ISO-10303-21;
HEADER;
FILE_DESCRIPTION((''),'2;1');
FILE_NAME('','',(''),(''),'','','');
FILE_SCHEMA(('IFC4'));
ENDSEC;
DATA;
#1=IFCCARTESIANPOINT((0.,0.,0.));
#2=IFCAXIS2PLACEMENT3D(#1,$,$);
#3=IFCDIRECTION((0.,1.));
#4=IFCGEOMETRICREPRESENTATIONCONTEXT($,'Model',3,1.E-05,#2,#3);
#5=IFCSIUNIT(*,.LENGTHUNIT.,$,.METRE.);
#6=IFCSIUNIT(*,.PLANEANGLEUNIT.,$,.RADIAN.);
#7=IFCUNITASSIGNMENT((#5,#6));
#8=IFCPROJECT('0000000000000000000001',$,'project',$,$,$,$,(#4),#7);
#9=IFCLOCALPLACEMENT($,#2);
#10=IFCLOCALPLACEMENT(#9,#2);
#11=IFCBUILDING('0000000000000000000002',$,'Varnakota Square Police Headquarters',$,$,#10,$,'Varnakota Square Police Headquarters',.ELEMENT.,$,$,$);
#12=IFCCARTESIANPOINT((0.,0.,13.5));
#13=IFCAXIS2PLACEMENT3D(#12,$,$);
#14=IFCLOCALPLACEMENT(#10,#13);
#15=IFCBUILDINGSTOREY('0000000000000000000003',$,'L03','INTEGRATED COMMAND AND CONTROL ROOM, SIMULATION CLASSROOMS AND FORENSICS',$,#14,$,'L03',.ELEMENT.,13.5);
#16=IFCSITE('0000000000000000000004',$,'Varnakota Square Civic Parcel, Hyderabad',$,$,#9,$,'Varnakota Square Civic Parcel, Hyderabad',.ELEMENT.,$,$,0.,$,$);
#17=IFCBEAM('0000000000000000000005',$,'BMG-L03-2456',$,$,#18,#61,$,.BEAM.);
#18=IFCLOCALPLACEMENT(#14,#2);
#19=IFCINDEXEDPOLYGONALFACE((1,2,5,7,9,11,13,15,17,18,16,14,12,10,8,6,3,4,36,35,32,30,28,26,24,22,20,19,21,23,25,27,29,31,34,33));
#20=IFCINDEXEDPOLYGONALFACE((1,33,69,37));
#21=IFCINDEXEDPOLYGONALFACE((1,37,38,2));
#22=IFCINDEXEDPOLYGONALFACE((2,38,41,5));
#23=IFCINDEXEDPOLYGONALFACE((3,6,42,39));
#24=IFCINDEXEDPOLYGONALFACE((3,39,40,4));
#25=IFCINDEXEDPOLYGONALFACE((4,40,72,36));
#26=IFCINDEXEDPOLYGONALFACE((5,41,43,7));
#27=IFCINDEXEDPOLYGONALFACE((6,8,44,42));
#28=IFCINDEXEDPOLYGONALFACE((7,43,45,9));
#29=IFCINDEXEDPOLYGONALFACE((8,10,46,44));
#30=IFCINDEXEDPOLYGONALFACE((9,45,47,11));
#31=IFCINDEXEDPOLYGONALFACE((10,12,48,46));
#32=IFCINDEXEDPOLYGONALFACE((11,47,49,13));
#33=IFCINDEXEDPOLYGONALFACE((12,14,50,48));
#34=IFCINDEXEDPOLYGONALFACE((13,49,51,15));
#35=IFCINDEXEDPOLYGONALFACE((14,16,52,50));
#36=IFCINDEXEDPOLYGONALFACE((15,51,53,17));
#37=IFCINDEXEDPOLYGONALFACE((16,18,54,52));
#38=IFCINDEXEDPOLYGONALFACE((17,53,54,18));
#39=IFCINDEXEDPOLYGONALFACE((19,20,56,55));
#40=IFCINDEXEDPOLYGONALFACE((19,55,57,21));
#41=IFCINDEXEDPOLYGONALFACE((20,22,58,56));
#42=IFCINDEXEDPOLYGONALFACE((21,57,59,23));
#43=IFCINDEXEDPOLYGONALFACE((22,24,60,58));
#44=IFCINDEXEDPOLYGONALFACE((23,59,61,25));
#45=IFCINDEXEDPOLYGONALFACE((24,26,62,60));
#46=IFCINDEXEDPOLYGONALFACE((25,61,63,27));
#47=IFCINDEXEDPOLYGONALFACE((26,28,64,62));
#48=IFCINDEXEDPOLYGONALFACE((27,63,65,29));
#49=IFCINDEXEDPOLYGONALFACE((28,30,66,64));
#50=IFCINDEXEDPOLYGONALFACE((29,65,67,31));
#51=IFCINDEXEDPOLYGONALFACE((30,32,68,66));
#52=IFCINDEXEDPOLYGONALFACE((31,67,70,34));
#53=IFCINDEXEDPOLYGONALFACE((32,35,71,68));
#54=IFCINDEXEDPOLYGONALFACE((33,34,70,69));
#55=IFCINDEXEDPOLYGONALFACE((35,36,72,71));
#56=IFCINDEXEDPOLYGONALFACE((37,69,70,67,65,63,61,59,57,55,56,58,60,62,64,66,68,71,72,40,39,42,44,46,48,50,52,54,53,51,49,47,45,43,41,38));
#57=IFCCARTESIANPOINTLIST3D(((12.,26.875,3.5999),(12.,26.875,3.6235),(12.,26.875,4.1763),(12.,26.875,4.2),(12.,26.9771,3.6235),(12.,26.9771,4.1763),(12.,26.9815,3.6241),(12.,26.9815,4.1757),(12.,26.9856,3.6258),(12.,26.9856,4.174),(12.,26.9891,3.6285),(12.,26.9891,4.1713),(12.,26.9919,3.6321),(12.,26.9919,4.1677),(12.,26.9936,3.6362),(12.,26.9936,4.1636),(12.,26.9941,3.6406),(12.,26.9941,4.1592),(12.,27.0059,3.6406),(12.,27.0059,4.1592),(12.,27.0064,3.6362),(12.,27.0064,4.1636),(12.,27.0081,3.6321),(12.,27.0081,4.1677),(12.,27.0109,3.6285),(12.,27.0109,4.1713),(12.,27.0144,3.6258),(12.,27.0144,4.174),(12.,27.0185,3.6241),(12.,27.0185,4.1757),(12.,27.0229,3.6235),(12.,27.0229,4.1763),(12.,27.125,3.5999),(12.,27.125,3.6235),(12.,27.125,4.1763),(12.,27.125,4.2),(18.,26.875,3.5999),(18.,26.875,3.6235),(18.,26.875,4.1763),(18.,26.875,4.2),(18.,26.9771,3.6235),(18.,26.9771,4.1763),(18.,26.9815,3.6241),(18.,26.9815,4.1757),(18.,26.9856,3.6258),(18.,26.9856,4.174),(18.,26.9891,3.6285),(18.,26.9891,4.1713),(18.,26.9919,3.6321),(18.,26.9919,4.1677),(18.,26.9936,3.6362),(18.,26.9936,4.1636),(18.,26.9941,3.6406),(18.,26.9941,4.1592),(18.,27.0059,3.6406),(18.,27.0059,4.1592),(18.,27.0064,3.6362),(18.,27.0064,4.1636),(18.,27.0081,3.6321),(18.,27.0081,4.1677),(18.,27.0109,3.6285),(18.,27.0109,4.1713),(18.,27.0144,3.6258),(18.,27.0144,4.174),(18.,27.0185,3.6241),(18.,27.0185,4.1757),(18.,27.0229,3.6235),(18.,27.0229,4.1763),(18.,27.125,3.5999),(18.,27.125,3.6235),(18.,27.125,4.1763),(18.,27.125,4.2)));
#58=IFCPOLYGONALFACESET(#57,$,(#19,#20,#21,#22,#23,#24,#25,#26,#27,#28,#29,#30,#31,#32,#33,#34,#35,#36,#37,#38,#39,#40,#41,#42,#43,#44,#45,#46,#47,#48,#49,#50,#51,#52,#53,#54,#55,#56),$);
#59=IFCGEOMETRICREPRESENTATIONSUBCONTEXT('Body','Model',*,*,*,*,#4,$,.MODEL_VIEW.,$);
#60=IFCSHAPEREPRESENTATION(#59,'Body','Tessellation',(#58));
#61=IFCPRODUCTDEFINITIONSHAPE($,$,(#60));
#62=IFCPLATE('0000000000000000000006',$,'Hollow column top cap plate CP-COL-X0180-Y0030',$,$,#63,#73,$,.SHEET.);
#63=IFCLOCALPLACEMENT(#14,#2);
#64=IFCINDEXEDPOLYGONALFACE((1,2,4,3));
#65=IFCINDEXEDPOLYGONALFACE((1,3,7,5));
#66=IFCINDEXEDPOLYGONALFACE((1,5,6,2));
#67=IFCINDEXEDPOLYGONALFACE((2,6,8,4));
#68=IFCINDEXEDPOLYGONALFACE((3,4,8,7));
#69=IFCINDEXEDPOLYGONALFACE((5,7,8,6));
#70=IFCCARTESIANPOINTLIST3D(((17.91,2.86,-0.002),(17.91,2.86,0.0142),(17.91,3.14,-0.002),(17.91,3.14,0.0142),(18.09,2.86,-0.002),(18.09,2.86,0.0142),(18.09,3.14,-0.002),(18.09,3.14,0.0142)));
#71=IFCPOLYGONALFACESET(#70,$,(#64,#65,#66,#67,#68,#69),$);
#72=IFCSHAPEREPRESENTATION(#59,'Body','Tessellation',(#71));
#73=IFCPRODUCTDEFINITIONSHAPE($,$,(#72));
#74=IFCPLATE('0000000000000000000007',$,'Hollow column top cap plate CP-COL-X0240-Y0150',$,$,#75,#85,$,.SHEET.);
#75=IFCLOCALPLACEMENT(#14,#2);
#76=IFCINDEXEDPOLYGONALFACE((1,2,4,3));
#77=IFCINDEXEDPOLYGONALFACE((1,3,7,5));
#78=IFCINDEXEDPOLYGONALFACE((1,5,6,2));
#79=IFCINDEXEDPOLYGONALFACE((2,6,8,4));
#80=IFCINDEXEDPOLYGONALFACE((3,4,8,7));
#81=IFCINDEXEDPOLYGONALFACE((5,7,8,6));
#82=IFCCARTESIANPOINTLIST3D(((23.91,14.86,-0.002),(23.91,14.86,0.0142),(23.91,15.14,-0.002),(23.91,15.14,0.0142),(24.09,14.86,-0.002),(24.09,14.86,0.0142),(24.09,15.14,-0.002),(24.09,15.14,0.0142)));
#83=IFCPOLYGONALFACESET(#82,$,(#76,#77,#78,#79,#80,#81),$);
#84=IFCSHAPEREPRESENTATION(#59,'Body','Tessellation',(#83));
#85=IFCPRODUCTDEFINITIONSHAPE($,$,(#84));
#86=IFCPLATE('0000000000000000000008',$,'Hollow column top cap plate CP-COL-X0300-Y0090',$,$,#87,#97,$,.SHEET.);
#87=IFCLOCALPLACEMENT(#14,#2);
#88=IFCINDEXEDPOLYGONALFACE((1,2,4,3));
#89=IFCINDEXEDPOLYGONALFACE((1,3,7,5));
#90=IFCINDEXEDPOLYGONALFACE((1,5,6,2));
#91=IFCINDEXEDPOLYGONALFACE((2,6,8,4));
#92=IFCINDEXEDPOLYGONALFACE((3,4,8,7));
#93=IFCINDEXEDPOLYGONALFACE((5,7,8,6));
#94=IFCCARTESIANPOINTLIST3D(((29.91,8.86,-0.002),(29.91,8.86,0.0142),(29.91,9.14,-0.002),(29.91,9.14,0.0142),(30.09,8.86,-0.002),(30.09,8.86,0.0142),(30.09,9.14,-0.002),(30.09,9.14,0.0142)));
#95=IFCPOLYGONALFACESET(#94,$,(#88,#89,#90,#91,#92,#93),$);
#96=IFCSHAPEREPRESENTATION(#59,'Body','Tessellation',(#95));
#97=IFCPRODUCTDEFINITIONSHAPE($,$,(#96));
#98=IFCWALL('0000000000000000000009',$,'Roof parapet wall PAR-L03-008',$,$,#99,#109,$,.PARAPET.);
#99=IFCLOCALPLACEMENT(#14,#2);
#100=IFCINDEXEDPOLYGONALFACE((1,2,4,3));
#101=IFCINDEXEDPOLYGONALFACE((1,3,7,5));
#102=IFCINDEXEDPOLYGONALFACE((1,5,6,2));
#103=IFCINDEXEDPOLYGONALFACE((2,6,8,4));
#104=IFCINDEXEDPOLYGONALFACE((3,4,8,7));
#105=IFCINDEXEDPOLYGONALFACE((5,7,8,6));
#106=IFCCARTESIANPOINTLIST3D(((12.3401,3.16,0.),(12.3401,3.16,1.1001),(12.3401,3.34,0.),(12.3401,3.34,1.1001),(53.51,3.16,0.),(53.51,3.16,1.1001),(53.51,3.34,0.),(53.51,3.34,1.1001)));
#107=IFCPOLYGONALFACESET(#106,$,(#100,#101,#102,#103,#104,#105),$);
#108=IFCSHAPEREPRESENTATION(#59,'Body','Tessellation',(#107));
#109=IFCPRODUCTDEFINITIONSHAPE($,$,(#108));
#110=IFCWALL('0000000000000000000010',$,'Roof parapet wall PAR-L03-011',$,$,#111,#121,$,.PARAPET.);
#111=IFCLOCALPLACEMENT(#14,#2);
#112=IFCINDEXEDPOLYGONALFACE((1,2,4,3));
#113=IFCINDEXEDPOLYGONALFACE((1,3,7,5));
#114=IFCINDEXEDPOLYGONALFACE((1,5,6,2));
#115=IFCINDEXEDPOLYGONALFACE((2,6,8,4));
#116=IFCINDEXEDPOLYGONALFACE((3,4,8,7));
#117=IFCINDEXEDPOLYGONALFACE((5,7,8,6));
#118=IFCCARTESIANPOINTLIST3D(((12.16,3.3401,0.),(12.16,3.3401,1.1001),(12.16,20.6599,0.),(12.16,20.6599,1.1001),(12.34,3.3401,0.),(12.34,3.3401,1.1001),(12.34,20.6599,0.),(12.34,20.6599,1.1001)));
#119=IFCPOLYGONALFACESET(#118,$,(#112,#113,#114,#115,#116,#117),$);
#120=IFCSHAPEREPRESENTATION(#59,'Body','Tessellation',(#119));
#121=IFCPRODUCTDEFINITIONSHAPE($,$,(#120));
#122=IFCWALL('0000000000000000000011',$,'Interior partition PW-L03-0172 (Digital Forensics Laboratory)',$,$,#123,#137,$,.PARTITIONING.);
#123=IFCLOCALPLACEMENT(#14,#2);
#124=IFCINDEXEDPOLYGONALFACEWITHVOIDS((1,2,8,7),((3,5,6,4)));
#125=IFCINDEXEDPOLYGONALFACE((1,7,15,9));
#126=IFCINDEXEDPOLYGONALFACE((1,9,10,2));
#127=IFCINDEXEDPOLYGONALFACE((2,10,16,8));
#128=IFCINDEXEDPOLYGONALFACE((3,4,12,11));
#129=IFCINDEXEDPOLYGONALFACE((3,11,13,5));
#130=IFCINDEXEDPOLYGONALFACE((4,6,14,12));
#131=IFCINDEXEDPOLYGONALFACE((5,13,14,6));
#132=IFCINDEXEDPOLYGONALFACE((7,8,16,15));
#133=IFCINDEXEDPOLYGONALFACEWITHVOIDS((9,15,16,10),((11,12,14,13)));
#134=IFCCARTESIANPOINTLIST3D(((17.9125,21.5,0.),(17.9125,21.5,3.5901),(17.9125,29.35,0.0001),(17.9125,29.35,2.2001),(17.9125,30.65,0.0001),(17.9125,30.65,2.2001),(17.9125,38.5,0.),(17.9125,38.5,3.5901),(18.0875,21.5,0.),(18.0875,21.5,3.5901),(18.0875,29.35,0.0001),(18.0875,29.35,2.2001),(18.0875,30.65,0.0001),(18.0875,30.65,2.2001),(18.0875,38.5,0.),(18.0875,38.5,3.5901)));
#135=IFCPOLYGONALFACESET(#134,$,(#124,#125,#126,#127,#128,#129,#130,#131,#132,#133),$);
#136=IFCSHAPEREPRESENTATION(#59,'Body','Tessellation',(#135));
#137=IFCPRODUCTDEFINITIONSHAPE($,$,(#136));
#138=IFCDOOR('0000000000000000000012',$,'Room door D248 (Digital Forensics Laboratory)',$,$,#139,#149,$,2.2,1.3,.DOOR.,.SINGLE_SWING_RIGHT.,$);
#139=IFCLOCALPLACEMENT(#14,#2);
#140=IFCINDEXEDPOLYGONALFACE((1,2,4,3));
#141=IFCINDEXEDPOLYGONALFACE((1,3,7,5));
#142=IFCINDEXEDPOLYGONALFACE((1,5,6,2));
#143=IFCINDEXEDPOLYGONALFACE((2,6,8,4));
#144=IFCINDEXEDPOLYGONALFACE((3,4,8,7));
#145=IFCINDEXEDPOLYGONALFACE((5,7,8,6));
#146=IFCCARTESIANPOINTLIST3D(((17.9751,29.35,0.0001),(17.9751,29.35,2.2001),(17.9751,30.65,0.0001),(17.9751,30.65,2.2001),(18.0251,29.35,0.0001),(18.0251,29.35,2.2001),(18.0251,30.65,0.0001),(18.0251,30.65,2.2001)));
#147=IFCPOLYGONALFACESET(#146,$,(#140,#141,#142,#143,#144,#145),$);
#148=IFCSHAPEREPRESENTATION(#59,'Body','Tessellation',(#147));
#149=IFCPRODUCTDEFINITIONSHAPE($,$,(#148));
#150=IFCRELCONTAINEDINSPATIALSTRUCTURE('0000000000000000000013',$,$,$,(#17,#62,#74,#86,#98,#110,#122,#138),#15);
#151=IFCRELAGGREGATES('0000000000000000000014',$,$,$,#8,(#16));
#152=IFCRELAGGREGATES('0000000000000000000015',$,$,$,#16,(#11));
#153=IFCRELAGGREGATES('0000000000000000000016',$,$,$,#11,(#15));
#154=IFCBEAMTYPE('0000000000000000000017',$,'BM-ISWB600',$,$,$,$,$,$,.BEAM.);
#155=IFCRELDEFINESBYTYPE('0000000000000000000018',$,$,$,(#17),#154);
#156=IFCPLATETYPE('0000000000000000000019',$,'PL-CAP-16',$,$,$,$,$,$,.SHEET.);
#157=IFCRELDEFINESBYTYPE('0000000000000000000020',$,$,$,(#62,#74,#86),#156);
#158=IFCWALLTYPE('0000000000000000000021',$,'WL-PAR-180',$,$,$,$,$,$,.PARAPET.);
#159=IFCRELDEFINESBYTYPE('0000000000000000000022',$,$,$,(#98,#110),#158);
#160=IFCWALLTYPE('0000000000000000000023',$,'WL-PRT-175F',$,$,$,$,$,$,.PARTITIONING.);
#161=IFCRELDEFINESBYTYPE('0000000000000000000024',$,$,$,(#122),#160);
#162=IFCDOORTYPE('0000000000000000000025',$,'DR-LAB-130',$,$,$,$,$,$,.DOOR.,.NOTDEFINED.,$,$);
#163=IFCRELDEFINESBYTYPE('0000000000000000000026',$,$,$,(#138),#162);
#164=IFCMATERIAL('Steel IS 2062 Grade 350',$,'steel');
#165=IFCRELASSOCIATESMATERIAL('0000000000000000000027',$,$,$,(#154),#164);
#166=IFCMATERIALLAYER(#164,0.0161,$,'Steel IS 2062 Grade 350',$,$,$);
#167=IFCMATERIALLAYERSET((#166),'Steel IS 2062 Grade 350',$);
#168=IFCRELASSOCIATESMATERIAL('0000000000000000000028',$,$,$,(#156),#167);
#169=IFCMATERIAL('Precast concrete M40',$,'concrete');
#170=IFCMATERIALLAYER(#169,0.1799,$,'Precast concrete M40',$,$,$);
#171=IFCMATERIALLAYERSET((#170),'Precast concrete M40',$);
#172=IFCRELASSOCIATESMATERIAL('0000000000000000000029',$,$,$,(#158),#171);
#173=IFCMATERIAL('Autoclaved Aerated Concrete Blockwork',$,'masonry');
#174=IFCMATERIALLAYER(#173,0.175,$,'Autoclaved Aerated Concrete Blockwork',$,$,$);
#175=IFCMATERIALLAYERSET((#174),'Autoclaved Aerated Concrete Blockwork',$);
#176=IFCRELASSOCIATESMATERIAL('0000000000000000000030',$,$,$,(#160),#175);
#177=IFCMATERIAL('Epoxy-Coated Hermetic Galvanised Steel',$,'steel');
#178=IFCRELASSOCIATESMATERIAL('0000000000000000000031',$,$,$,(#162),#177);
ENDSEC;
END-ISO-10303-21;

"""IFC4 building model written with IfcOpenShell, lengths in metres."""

from ifc_helpers import new_model, si_unit, direction, frame, frame_2d, origin, origin_2d, place, context, subcontext, project, spatial, rectangle, i_section, extrude, material, layer, layer_set, material_profile, profile_set, type_object, element, fill, save


model = new_model("IFC4")

# Units and contexts
model_context = context("Model", 3, precision=1e-05, world=origin(), true_north=direction((0.0, 1.0)))
body_context = subcontext(model_context, "Body", "Model", "MODEL_VIEW")
ifc_project = project(units=[si_unit("LENGTHUNIT", "METRE"), si_unit("PLANEANGLEUNIT", "RADIAN")], contexts=[model_context])

# Site, building, storey
site_placement = place(None, origin())
site = spatial("IfcSite", under=ifc_project, at=site_placement, Name="Varnakota Square Civic Parcel, Hyderabad", LongName="Varnakota Square Civic Parcel, Hyderabad", CompositionType="ELEMENT", RefElevation=0.0)
building_placement = place(site_placement, origin())
building = spatial("IfcBuilding", under=site, at=building_placement, Name="Varnakota Square Police Headquarters", LongName="Varnakota Square Police Headquarters", CompositionType="ELEMENT")
storey_placement = place(building_placement, frame((0.0, 0.0, 13.5)))
storey = spatial("IfcBuildingStorey", under=building, at=storey_placement, Name="L03", Description="INTEGRATED COMMAND AND CONTROL ROOM, SIMULATION CLASSROOMS AND FORENSICS", LongName="L03", CompositionType="ELEMENT", Elevation=13.5)

# Shared definitions
ifc_material_1 = material(Name="Steel IS 2062 Grade 350", Category="steel")

# Beam
ifc_material_profile_1 = material_profile(ifc_material_1, i_section(OverallWidth=0.25, OverallDepth=0.6001, WebThickness=0.0117, FlangeThickness=0.0237, FilletRadius=0.0171, at=origin_2d()), Name="ISWB 600")
ifc_profile_set_1 = profile_set([ifc_material_profile_1], Name="Steel IS 2062 Grade 350")
beam_type_1 = type_object("IfcBeamType", Name="BM-ISWB600", PredefinedType="BEAM", material=ifc_profile_set_1)
for number, where, z_axis, x_axis, name in (
    (1, (12.0, 27.0, 3.8999), (1.0, 0.0, 0.0), (0.0, 1.0, 0.0), "BMG-L03-2456"),
):
    element("IfcBeam", number, at=place(storey_placement, frame(where, z_axis=z_axis, x_axis=x_axis)), inside=storey, type_object=beam_type_1, Name=name, PredefinedType="BEAM", context=body_context, shape_type="SweptSolid", body=[
        extrude(i_section(OverallWidth=0.25, OverallDepth=0.6001, WebThickness=0.0117, FlangeThickness=0.0237, FilletRadius=0.0171, at=origin_2d()), origin(), (0.0, 0.0, 1.0), 6.0),
    ])

# Plates
ifc_layer_1 = layer(ifc_material_1, 0.0161, Name="Steel IS 2062 Grade 350")
ifc_layer_set_1 = layer_set([ifc_layer_1], Name="Steel IS 2062 Grade 350")
plate_type = type_object("IfcPlateType", Name="PL-CAP-16", PredefinedType="SHEET", material=ifc_layer_set_1)
for number, where, z_axis, x_axis, name in (
    (2, (18.0, 3.0, -0.002), (0.0, 0.0, 1.0), (1.0, 0.0, 0.0), "Hollow column top cap plate CP-COL-X0180-Y0030"),
    (3, (24.0, 15.0, -0.002), (0.0, 0.0, 1.0), (1.0, 0.0, 0.0), "Hollow column top cap plate CP-COL-X0240-Y0150"),
    (4, (30.0, 9.0, -0.002), (0.0, 0.0, 1.0), (1.0, 0.0, 0.0), "Hollow column top cap plate CP-COL-X0300-Y0090"),
):
    element("IfcPlate", number, at=place(storey_placement, frame(where, z_axis=z_axis, x_axis=x_axis)), inside=storey, type_object=plate_type, Name=name, PredefinedType="SHEET", context=body_context, shape_type="SweptSolid", body=[
        extrude(rectangle(XDim=0.1799, YDim=0.28, at=origin_2d()), origin(), (0.0, 0.0, 1.0), 0.0161),
    ])

# Walls
ifc_material_2 = material(Name="Precast concrete M40", Category="concrete")
ifc_layer_2 = layer(ifc_material_2, 0.1799, Name="Precast concrete M40")
ifc_layer_set_2 = layer_set([ifc_layer_2], Name="Precast concrete M40")
wall_type_1 = type_object("IfcWallType", Name="WL-PAR-180", PredefinedType="PARAPET", material=ifc_layer_set_2)
wall_1_placement = place(storey_placement, frame((12.3401, 3.25, 0.0), z_axis=(0.0, 0.0, 1.0), x_axis=(1.0, 0.0, 0.0)))
element("IfcWall", 5, at=wall_1_placement, inside=storey, type_object=wall_type_1, Name="Roof parapet wall PAR-L03-008", PredefinedType="PARAPET", context=body_context, shape_type="SweptSolid", body=[
    extrude(rectangle(XDim=41.1699, YDim=0.1799, at=frame_2d((20.585, 0.0))), origin(), (0.0, 0.0, 1.0), 1.1001),
])
wall_2_placement = place(storey_placement, frame((12.25, 20.6599, 0.0), z_axis=(0.0, 0.0, 1.0), x_axis=(0.0, -1.0, 0.0)))
element("IfcWall", 6, at=wall_2_placement, inside=storey, type_object=wall_type_1, Name="Roof parapet wall PAR-L03-011", PredefinedType="PARAPET", context=body_context, shape_type="SweptSolid", body=[
    extrude(rectangle(XDim=17.3198, YDim=0.1799, at=frame_2d((8.6599, 0.0))), origin(), (0.0, 0.0, 1.0), 1.1001),
])

# Wall, opening, door
ifc_material_3 = material(Name="Autoclaved Aerated Concrete Blockwork", Category="masonry")
ifc_layer_3 = layer(ifc_material_3, 0.175, Name="Autoclaved Aerated Concrete Blockwork")
ifc_layer_set_3 = layer_set([ifc_layer_3], Name="Autoclaved Aerated Concrete Blockwork")
wall_type_2 = type_object("IfcWallType", Name="WL-PRT-175F", PredefinedType="PARTITIONING", material=ifc_layer_set_3)
wall_3_placement = place(storey_placement, frame((18.0, 21.5, 0.0), z_axis=(0.0, 0.0, 1.0), x_axis=(0.0, 1.0, 0.0)))
wall_3 = element("IfcWall", 7, at=wall_3_placement, inside=storey, type_object=wall_type_2, Name="Interior partition PW-L03-0172 (Digital Forensics Laboratory)", PredefinedType="PARTITIONING", context=body_context, shape_type="SweptSolid", body=[
    extrude(rectangle(XDim=17.0, YDim=0.175, at=frame_2d((8.5, 0.0))), origin(), (0.0, 0.0, 1.0), 3.5901),
])
opening_placement = place(wall_3_placement, frame((7.8501, 0.0, 0.0)))
opening = element("IfcOpeningElement", 8, at=opening_placement, cuts=wall_3, PredefinedType="OPENING", context=body_context, shape_type="SweptSolid", body=[
    extrude(rectangle(XDim=1.3, YDim=2.2, at=frame_2d((0.6499, 1.1001))), frame((0.0, 0.0974, 0.0), z_axis=(0.0, -1.0, 0.0), x_axis=(1.0, 0.0, 0.0)), (0.0, 0.0, 1.0), 0.1951),
])
ifc_material_4 = material(Name="Epoxy-Coated Hermetic Galvanised Steel", Category="steel")
door_type = type_object("IfcDoorType", Name="DR-LAB-130", OperationType="NOTDEFINED", PredefinedType="DOOR", material=ifc_material_4)
door_placement = place(opening_placement, origin())
door = element("IfcDoor", 9, at=door_placement, inside=storey, type_object=door_type, Name="Room door D248 (Digital Forensics Laboratory)", OperationType="SINGLE_SWING_RIGHT", OverallHeight=2.2, OverallWidth=1.3, PredefinedType="DOOR", context=body_context, shape_type="SweptSolid", body=[
    extrude(rectangle(XDim=1.3, YDim=2.2, at=frame_2d((0.6499, 1.1001))), frame((0.0, 0.0249, 0.0), z_axis=(0.0, -1.0, 0.0), x_axis=(1.0, 0.0, 0.0)), (0.0, 0.0, 1.0), 0.05),
])
fill(opening, door)

save(model, "model.ifc")
